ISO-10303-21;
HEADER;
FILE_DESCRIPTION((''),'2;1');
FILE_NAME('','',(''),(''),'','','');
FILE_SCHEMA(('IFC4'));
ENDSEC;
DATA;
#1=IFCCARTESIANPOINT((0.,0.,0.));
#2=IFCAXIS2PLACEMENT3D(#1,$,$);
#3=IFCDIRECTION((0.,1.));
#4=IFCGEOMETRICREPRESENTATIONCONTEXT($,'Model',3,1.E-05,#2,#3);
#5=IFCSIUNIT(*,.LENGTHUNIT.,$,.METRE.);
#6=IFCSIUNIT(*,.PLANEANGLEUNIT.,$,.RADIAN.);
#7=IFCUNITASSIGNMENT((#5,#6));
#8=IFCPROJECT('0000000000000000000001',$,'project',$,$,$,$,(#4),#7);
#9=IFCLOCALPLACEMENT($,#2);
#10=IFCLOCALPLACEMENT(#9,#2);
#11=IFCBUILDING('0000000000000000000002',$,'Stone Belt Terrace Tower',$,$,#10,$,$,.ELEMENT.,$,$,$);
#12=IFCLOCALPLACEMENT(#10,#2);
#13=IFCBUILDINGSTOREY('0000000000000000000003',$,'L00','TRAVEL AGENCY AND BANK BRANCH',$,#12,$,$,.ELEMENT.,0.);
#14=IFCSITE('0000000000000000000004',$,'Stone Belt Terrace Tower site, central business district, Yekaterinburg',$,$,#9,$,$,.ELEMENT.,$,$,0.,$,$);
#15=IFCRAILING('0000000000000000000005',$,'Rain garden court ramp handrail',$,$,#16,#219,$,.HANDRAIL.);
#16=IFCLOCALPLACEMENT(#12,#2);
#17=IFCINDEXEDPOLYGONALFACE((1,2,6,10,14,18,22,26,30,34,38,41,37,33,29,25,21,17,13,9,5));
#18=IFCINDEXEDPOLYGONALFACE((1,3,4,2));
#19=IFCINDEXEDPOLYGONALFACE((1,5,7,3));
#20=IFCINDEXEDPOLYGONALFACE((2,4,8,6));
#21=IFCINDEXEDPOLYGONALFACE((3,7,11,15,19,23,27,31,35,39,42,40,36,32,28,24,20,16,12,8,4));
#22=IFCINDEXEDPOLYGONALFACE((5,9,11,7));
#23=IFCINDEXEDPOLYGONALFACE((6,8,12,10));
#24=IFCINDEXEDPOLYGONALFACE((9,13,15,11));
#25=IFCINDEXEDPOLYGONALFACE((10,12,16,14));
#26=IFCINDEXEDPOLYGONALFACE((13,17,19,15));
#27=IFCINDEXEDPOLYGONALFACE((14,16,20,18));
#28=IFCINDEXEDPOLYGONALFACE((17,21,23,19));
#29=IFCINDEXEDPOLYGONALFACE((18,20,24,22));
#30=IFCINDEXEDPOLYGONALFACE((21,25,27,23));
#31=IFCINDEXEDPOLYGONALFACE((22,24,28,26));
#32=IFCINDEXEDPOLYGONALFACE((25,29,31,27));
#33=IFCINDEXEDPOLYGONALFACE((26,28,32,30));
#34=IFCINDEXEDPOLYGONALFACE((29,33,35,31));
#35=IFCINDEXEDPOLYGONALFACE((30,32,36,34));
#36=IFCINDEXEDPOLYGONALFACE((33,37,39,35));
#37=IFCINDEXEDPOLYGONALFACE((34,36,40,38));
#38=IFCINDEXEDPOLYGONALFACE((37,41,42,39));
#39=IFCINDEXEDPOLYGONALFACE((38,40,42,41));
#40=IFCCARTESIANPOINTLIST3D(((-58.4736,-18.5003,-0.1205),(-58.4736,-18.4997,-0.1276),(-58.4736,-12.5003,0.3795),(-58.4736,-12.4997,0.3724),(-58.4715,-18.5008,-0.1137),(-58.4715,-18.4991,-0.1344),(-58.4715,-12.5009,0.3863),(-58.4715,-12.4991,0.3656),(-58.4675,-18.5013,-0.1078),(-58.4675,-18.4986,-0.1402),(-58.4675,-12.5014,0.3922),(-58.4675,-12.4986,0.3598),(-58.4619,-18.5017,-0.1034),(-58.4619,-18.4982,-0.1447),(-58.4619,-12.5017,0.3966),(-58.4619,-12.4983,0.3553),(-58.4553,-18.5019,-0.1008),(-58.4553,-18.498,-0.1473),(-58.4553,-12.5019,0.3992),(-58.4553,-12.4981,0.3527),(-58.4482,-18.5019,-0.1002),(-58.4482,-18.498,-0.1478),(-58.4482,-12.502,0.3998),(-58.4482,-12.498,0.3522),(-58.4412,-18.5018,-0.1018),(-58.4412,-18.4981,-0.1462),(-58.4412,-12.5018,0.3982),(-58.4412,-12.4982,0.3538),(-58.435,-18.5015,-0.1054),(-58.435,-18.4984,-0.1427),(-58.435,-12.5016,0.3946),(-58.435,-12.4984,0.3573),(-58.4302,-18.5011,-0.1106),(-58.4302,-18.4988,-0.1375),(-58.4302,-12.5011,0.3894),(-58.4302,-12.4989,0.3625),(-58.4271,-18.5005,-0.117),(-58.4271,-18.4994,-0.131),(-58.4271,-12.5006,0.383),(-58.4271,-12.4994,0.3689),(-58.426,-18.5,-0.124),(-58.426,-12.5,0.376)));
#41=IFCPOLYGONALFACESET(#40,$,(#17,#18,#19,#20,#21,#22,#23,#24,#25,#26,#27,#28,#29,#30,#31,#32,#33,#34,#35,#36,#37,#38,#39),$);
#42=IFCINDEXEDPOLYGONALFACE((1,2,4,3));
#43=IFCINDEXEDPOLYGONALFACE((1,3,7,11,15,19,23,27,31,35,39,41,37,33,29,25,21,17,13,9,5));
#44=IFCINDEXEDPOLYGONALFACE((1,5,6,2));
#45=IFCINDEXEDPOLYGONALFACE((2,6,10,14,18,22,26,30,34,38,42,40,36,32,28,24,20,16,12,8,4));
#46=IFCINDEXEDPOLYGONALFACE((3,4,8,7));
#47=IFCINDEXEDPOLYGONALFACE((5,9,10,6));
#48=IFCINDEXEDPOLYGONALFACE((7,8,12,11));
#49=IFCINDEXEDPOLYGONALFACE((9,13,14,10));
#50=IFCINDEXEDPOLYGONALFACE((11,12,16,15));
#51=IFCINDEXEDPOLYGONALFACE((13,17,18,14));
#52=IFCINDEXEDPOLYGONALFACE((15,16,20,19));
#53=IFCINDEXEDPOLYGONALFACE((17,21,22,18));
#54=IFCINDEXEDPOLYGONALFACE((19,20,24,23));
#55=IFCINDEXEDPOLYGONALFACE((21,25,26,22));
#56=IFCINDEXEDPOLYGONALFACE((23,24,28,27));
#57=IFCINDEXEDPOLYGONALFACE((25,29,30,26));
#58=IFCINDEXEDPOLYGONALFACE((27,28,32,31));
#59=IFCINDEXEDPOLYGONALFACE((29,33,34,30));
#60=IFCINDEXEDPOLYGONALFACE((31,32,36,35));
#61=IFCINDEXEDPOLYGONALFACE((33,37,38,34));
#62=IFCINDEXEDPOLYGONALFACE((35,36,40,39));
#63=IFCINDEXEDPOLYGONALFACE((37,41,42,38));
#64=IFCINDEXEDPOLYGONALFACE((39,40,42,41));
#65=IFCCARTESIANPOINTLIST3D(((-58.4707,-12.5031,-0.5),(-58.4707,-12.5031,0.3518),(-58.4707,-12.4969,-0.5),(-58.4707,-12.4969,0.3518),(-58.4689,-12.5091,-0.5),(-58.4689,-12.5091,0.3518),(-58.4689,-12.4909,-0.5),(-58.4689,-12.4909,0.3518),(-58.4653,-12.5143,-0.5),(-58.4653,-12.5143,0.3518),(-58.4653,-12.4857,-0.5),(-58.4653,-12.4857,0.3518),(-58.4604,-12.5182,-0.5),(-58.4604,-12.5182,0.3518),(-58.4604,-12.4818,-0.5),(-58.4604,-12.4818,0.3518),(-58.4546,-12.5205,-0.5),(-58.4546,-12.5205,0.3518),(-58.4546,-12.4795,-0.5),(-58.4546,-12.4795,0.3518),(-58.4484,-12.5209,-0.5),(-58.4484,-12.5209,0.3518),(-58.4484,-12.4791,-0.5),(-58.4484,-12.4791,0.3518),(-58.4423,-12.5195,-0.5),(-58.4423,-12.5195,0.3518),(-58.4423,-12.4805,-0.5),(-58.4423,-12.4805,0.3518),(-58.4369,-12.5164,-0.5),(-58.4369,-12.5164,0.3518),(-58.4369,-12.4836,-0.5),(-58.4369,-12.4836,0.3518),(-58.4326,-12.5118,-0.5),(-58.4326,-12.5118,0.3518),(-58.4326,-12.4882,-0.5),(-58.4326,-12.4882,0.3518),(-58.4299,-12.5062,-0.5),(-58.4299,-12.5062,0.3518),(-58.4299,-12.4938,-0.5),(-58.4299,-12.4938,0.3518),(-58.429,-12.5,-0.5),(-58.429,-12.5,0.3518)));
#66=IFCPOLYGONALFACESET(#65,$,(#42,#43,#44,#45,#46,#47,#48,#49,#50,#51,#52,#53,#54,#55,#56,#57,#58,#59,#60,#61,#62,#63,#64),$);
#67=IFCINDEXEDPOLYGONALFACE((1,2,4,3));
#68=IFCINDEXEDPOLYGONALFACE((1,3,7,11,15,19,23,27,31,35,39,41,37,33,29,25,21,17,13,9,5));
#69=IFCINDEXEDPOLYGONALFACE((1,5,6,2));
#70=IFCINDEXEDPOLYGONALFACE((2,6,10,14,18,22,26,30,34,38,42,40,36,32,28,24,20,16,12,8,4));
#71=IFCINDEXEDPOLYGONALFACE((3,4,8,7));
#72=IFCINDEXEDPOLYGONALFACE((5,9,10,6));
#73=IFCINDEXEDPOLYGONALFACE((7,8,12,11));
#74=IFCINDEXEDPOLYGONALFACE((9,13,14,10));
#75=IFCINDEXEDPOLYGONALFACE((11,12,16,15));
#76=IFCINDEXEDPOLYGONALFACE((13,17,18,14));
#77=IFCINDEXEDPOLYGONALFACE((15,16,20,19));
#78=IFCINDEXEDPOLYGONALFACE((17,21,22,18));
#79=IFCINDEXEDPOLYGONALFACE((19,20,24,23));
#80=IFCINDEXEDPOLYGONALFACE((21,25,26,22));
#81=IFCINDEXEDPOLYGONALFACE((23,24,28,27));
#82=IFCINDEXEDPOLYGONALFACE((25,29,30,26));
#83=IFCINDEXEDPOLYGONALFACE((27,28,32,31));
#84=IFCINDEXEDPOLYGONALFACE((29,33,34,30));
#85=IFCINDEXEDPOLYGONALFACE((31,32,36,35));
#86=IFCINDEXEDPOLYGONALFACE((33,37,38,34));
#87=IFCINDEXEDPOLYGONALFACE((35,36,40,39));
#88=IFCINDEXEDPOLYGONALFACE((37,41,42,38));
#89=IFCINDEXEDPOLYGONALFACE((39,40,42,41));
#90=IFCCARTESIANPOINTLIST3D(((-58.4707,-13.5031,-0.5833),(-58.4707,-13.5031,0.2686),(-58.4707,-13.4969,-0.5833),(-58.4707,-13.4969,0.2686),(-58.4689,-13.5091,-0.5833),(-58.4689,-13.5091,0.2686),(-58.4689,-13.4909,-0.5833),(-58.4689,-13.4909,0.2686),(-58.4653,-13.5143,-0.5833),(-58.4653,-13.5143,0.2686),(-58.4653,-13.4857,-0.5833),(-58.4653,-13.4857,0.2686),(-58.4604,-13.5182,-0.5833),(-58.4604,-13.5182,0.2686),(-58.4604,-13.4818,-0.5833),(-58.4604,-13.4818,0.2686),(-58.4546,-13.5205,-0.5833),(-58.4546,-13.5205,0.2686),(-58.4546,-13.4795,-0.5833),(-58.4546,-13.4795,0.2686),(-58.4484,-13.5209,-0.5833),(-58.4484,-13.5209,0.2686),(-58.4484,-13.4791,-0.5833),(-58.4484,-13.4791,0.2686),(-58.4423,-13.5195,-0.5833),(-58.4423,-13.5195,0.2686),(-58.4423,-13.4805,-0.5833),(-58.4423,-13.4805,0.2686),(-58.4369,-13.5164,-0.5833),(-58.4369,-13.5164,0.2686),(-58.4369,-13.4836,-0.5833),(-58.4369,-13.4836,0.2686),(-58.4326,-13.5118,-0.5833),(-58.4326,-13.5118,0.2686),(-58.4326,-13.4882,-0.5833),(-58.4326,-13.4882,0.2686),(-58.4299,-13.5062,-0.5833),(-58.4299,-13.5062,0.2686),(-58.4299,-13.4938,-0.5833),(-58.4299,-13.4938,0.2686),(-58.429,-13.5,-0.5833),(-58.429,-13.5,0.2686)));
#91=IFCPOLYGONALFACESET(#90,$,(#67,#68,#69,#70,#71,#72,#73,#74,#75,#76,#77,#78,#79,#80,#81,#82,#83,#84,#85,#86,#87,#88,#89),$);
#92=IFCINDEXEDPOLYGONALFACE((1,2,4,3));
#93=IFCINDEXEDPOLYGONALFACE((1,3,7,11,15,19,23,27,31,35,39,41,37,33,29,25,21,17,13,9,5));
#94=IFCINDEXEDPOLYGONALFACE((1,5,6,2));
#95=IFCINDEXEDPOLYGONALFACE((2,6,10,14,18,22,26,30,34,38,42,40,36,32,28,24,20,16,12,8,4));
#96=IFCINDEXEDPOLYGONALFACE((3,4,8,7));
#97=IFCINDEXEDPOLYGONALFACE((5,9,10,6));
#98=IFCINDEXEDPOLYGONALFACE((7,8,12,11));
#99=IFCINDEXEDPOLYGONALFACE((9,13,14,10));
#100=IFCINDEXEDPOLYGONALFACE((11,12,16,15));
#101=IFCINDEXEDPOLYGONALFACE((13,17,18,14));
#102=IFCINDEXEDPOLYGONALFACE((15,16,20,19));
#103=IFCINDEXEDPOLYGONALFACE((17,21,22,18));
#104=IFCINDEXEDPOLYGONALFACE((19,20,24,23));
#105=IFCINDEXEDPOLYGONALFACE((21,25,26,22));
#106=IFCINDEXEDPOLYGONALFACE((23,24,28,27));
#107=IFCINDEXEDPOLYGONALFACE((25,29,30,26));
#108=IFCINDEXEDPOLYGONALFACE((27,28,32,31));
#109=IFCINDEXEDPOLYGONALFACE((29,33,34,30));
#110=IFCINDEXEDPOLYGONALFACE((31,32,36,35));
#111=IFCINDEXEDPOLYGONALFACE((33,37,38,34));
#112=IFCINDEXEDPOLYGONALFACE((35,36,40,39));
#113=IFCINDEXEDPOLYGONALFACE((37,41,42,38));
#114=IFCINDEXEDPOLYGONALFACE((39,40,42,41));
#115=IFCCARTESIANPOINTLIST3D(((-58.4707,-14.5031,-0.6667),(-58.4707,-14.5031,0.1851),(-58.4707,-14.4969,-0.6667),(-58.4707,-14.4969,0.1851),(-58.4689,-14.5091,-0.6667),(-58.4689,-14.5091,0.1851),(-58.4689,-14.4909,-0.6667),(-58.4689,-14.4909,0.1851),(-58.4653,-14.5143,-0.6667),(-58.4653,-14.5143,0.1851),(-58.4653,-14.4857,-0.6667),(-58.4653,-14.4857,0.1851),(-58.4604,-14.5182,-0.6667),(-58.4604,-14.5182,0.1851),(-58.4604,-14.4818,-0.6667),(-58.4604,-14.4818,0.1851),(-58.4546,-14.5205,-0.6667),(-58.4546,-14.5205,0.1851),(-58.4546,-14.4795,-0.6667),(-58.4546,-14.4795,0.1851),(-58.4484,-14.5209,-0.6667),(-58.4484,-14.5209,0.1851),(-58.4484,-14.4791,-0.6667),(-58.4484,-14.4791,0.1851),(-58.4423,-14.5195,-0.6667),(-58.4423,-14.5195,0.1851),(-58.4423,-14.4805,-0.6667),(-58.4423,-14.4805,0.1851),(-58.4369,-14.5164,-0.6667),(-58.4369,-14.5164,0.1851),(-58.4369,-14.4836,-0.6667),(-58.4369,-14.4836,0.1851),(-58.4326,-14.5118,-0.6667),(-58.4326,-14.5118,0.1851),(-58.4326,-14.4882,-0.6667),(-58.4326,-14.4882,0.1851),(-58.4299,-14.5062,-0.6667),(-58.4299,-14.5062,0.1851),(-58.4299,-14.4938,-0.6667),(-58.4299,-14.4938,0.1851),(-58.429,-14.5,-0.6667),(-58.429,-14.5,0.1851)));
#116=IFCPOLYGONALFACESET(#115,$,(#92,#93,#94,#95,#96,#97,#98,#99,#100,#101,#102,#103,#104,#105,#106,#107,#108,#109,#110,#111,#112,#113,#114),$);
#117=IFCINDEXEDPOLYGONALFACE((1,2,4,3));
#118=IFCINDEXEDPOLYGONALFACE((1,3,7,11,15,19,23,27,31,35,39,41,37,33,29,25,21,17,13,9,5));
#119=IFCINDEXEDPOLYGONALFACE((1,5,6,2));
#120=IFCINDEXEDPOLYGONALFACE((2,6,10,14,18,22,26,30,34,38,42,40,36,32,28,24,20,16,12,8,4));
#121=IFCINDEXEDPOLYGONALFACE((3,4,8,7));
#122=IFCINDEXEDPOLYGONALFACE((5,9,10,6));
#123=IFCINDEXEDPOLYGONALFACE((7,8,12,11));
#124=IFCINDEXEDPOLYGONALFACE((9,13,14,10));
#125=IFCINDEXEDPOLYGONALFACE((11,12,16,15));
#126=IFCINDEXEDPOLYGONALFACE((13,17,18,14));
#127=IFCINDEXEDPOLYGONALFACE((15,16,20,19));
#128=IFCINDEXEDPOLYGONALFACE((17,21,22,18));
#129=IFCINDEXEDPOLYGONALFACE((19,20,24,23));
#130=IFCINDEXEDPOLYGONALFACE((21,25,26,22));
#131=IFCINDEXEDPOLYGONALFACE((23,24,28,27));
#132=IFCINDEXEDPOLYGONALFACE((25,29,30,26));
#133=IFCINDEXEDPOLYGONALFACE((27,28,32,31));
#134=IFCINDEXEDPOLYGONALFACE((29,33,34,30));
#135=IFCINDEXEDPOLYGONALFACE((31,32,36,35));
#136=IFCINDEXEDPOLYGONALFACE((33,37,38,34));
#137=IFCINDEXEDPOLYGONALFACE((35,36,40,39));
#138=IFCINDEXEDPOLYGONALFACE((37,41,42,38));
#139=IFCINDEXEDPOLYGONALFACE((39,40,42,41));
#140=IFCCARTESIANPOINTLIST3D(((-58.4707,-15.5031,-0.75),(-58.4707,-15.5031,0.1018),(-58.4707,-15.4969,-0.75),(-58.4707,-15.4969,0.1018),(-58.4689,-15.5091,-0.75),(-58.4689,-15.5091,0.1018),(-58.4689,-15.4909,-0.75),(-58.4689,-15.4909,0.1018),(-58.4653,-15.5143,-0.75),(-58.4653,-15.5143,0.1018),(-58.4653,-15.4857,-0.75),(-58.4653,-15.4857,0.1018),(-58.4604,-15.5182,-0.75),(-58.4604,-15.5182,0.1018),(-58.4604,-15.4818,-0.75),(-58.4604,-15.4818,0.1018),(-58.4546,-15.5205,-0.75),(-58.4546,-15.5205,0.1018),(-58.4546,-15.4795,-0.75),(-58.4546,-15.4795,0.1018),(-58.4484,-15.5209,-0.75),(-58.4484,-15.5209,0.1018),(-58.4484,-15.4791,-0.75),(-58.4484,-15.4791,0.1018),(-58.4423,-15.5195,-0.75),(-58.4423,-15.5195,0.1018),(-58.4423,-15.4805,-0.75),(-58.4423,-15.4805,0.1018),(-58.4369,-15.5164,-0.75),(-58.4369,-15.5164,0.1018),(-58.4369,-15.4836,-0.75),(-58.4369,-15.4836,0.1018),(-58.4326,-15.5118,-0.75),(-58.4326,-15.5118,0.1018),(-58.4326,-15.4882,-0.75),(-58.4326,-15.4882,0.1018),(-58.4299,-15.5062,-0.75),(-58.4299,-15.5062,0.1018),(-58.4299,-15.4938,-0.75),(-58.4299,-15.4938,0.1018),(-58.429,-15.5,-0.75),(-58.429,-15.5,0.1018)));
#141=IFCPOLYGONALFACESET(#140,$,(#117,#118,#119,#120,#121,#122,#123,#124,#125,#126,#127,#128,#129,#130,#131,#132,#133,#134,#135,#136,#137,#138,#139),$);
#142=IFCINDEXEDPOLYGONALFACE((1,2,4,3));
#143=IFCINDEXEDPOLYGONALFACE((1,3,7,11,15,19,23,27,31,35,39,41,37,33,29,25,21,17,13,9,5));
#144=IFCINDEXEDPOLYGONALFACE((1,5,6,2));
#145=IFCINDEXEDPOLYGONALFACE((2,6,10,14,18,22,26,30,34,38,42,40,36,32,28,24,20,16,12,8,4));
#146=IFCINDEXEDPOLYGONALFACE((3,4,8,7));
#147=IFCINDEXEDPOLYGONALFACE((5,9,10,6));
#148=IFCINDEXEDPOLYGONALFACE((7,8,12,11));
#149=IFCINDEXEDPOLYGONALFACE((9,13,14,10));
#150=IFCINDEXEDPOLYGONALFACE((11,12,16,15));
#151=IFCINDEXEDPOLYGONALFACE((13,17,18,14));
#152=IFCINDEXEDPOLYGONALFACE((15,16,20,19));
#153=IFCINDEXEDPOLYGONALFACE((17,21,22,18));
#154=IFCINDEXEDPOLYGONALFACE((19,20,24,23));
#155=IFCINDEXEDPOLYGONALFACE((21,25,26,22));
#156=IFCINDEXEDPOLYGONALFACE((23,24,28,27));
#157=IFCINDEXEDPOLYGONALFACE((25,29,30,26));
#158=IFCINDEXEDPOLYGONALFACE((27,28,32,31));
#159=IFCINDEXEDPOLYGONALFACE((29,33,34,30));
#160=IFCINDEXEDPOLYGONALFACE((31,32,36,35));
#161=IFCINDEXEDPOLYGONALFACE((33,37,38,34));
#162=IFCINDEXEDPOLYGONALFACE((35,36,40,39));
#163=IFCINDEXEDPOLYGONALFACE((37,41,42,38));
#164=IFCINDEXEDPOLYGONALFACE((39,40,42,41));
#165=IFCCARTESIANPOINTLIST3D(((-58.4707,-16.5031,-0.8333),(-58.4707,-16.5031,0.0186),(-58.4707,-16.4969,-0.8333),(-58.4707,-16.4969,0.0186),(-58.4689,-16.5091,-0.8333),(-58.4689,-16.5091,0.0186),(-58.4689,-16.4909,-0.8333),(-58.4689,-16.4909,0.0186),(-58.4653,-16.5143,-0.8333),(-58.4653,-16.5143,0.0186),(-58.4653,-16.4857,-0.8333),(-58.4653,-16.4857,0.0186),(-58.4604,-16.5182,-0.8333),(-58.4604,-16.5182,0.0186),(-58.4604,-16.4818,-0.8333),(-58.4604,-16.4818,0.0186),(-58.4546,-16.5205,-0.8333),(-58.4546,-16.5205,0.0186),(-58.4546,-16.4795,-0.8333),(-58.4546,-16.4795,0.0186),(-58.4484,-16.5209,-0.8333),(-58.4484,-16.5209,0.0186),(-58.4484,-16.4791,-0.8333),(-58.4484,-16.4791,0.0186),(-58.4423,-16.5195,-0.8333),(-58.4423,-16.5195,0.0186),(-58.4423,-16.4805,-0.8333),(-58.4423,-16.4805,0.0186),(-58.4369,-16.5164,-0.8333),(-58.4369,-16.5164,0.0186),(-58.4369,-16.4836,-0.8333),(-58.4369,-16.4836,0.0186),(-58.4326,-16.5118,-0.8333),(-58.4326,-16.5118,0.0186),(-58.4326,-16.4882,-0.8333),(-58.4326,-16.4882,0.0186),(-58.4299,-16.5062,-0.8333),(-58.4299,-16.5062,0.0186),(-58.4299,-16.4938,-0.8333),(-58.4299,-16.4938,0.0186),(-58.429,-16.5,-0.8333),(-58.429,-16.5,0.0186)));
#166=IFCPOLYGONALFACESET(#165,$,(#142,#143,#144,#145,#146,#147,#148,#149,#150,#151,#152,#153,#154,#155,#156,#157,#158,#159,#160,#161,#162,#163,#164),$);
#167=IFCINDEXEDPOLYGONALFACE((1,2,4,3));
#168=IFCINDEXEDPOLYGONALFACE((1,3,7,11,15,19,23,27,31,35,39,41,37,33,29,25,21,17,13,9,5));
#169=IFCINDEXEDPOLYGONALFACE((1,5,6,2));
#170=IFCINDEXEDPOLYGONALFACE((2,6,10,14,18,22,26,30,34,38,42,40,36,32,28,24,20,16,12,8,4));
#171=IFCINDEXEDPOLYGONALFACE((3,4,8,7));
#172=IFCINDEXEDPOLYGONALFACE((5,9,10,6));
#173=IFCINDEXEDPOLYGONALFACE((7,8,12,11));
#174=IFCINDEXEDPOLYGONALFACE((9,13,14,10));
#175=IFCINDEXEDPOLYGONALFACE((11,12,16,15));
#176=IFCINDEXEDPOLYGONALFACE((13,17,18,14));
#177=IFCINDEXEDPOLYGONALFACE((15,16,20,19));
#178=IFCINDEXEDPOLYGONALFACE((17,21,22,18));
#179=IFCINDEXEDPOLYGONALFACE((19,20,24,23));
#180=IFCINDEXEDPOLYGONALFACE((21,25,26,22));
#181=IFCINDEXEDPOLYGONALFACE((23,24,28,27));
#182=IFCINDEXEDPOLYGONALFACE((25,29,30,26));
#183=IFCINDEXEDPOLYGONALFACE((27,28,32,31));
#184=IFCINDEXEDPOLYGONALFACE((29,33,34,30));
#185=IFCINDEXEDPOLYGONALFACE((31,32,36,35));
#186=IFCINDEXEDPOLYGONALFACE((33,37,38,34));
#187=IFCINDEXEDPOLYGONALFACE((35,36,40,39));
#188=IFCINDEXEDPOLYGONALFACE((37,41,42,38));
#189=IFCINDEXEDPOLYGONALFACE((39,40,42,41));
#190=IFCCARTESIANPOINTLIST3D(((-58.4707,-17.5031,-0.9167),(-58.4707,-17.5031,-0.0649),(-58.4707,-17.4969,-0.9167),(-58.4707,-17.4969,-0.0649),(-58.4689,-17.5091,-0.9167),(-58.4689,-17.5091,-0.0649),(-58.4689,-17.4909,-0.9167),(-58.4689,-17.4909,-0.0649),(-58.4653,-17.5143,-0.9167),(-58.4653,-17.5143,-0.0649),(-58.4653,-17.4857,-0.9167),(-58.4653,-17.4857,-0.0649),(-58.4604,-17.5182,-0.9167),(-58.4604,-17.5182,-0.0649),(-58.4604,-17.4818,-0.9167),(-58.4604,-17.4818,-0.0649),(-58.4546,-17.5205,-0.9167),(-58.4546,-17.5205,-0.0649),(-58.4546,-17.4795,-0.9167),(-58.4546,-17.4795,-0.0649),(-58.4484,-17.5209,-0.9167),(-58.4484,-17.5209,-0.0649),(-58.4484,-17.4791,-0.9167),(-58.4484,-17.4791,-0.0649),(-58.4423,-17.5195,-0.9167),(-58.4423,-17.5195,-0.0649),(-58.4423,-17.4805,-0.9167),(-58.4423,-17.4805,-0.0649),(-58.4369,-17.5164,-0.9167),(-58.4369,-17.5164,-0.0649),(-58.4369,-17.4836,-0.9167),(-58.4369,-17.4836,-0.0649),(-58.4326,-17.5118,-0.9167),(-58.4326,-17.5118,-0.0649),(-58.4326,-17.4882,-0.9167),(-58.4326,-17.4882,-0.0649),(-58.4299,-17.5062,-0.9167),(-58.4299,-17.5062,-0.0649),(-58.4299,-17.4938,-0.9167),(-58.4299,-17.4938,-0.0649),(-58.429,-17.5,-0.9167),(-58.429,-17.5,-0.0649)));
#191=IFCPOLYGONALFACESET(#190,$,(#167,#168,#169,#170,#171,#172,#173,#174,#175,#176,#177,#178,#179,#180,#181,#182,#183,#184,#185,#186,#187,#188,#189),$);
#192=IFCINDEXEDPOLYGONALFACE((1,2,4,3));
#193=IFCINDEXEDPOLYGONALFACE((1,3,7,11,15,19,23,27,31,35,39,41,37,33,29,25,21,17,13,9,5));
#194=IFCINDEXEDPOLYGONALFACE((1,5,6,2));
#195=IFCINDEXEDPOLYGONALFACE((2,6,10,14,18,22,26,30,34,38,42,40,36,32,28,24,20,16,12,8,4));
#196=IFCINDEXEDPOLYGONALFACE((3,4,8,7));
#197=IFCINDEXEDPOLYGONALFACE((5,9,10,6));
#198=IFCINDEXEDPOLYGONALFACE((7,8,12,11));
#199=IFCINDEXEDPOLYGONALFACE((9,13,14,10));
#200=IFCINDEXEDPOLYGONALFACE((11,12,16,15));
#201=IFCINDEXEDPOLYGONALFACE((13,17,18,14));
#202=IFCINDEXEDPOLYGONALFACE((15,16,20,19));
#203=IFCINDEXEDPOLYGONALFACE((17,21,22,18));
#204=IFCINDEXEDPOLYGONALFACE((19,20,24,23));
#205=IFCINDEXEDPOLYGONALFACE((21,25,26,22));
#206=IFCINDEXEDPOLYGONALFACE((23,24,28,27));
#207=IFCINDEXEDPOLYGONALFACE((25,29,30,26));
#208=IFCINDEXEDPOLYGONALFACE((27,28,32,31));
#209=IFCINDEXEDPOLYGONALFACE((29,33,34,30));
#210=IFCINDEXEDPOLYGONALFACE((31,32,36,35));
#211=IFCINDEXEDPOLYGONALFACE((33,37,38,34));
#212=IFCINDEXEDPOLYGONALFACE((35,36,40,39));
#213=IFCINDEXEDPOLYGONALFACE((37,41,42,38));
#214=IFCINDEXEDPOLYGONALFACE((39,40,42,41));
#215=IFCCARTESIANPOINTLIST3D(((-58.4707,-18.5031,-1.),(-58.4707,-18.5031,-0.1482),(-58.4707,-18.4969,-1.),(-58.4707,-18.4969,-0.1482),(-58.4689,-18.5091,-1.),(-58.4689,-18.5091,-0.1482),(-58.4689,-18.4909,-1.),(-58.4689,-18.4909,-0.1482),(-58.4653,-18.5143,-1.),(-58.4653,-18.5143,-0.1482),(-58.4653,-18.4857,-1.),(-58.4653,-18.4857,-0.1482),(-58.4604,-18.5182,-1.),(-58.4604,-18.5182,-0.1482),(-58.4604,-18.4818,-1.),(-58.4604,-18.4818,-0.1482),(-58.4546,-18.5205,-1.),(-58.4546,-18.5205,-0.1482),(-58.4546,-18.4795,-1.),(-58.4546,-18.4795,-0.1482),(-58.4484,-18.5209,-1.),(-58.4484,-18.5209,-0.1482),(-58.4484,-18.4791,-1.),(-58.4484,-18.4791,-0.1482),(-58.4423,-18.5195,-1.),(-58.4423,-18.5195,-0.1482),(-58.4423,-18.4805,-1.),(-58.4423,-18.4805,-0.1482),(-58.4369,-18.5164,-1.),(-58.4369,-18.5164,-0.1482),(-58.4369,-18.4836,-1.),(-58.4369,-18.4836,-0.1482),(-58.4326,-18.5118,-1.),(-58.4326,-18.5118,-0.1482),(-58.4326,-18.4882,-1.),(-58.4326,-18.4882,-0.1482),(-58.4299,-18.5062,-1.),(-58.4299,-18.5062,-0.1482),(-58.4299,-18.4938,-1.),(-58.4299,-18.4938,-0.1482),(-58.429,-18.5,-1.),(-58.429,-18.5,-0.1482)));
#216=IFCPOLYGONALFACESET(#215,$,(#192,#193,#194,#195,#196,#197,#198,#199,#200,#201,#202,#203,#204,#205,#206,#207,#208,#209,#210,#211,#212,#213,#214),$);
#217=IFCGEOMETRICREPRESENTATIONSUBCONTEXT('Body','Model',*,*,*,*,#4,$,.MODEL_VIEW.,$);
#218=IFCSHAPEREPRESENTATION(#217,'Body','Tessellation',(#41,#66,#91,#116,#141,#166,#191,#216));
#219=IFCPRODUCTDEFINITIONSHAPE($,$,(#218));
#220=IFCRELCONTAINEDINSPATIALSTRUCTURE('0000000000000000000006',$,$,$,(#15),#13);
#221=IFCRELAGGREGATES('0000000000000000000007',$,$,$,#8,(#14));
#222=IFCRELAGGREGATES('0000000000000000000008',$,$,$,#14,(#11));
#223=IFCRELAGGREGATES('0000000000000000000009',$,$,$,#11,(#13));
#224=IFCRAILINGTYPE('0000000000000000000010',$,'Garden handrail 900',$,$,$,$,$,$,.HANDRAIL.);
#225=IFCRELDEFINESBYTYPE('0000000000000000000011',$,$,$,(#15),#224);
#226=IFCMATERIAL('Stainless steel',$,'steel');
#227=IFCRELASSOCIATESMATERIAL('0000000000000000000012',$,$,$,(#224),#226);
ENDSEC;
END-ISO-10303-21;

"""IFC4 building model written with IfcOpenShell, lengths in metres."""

from ifc_helpers import new_model, si_unit, direction, frame, origin, origin_2d, place, context, subcontext, project, spatial, circle, extrude, material, type_object, element, save


model = new_model("IFC4")

# Units and contexts
model_context = context("Model", 3, precision=1e-05, world=origin(), true_north=direction((0.0, 1.0)))
body_context = subcontext(model_context, "Body", "Model", "MODEL_VIEW")
ifc_project = project(units=[si_unit("LENGTHUNIT", "METRE"), si_unit("PLANEANGLEUNIT", "RADIAN")], contexts=[model_context])

# Site, building, storey
site_placement = place(None, origin())
site = spatial("IfcSite", under=ifc_project, at=site_placement, Name="Stone Belt Terrace Tower site, central business district, Yekaterinburg", CompositionType="ELEMENT", RefElevation=0.0)
building_placement = place(site_placement, origin())
building = spatial("IfcBuilding", under=site, at=building_placement, Name="Stone Belt Terrace Tower", CompositionType="ELEMENT")
storey_placement = place(building_placement, origin())
storey = spatial("IfcBuildingStorey", under=building, at=storey_placement, Name="L00", Description="TRAVEL AGENCY AND BANK BRANCH", CompositionType="ELEMENT", Elevation=0.0)

# Railing
ifc_material_1 = material(Name="Stainless steel", Category="steel")
railing_type_1 = type_object("IfcRailingType", Name="Garden handrail 900", PredefinedType="HANDRAIL", material=ifc_material_1)
railing_1_placement = place(storey_placement, frame((-58.45, -12.5, -0.5)))
element("IfcRailing", 1, at=railing_1_placement, inside=storey, type_object=railing_type_1, Name="Rain garden court ramp handrail", PredefinedType="HANDRAIL", context=body_context, shape_type="SweptSolid", body=[
    extrude(circle(Radius=0.0239, at=origin_2d()), frame((0.0, 0.0, 0.876), z_axis=(0.0, -0.996546, -0.083045), x_axis=(1.0, 0.0, 0.0)), (0.0, 0.0, 1.0), 6.0208),
    extrude(circle(Radius=0.021, at=origin_2d()), origin(), (0.0, 0.0, 1.0), 0.8518),
    extrude(circle(Radius=0.021, at=origin_2d()), frame((0.0, -1.0, -0.0833)), (0.0, 0.0, 1.0), 0.8518),
    extrude(circle(Radius=0.021, at=origin_2d()), frame((0.0, -2.0, -0.1667)), (0.0, 0.0, 1.0), 0.8518),
    extrude(circle(Radius=0.021, at=origin_2d()), frame((0.0, -3.0, -0.25)), (0.0, 0.0, 1.0), 0.8518),
    extrude(circle(Radius=0.021, at=origin_2d()), frame((0.0, -4.0, -0.3333)), (0.0, 0.0, 1.0), 0.8518),
    extrude(circle(Radius=0.021, at=origin_2d()), frame((0.0, -5.0, -0.4167)), (0.0, 0.0, 1.0), 0.8518),
    extrude(circle(Radius=0.021, at=origin_2d()), frame((0.0, -6.0, -0.5)), (0.0, 0.0, 1.0), 0.8518),
])

save(model, "model.ifc")
